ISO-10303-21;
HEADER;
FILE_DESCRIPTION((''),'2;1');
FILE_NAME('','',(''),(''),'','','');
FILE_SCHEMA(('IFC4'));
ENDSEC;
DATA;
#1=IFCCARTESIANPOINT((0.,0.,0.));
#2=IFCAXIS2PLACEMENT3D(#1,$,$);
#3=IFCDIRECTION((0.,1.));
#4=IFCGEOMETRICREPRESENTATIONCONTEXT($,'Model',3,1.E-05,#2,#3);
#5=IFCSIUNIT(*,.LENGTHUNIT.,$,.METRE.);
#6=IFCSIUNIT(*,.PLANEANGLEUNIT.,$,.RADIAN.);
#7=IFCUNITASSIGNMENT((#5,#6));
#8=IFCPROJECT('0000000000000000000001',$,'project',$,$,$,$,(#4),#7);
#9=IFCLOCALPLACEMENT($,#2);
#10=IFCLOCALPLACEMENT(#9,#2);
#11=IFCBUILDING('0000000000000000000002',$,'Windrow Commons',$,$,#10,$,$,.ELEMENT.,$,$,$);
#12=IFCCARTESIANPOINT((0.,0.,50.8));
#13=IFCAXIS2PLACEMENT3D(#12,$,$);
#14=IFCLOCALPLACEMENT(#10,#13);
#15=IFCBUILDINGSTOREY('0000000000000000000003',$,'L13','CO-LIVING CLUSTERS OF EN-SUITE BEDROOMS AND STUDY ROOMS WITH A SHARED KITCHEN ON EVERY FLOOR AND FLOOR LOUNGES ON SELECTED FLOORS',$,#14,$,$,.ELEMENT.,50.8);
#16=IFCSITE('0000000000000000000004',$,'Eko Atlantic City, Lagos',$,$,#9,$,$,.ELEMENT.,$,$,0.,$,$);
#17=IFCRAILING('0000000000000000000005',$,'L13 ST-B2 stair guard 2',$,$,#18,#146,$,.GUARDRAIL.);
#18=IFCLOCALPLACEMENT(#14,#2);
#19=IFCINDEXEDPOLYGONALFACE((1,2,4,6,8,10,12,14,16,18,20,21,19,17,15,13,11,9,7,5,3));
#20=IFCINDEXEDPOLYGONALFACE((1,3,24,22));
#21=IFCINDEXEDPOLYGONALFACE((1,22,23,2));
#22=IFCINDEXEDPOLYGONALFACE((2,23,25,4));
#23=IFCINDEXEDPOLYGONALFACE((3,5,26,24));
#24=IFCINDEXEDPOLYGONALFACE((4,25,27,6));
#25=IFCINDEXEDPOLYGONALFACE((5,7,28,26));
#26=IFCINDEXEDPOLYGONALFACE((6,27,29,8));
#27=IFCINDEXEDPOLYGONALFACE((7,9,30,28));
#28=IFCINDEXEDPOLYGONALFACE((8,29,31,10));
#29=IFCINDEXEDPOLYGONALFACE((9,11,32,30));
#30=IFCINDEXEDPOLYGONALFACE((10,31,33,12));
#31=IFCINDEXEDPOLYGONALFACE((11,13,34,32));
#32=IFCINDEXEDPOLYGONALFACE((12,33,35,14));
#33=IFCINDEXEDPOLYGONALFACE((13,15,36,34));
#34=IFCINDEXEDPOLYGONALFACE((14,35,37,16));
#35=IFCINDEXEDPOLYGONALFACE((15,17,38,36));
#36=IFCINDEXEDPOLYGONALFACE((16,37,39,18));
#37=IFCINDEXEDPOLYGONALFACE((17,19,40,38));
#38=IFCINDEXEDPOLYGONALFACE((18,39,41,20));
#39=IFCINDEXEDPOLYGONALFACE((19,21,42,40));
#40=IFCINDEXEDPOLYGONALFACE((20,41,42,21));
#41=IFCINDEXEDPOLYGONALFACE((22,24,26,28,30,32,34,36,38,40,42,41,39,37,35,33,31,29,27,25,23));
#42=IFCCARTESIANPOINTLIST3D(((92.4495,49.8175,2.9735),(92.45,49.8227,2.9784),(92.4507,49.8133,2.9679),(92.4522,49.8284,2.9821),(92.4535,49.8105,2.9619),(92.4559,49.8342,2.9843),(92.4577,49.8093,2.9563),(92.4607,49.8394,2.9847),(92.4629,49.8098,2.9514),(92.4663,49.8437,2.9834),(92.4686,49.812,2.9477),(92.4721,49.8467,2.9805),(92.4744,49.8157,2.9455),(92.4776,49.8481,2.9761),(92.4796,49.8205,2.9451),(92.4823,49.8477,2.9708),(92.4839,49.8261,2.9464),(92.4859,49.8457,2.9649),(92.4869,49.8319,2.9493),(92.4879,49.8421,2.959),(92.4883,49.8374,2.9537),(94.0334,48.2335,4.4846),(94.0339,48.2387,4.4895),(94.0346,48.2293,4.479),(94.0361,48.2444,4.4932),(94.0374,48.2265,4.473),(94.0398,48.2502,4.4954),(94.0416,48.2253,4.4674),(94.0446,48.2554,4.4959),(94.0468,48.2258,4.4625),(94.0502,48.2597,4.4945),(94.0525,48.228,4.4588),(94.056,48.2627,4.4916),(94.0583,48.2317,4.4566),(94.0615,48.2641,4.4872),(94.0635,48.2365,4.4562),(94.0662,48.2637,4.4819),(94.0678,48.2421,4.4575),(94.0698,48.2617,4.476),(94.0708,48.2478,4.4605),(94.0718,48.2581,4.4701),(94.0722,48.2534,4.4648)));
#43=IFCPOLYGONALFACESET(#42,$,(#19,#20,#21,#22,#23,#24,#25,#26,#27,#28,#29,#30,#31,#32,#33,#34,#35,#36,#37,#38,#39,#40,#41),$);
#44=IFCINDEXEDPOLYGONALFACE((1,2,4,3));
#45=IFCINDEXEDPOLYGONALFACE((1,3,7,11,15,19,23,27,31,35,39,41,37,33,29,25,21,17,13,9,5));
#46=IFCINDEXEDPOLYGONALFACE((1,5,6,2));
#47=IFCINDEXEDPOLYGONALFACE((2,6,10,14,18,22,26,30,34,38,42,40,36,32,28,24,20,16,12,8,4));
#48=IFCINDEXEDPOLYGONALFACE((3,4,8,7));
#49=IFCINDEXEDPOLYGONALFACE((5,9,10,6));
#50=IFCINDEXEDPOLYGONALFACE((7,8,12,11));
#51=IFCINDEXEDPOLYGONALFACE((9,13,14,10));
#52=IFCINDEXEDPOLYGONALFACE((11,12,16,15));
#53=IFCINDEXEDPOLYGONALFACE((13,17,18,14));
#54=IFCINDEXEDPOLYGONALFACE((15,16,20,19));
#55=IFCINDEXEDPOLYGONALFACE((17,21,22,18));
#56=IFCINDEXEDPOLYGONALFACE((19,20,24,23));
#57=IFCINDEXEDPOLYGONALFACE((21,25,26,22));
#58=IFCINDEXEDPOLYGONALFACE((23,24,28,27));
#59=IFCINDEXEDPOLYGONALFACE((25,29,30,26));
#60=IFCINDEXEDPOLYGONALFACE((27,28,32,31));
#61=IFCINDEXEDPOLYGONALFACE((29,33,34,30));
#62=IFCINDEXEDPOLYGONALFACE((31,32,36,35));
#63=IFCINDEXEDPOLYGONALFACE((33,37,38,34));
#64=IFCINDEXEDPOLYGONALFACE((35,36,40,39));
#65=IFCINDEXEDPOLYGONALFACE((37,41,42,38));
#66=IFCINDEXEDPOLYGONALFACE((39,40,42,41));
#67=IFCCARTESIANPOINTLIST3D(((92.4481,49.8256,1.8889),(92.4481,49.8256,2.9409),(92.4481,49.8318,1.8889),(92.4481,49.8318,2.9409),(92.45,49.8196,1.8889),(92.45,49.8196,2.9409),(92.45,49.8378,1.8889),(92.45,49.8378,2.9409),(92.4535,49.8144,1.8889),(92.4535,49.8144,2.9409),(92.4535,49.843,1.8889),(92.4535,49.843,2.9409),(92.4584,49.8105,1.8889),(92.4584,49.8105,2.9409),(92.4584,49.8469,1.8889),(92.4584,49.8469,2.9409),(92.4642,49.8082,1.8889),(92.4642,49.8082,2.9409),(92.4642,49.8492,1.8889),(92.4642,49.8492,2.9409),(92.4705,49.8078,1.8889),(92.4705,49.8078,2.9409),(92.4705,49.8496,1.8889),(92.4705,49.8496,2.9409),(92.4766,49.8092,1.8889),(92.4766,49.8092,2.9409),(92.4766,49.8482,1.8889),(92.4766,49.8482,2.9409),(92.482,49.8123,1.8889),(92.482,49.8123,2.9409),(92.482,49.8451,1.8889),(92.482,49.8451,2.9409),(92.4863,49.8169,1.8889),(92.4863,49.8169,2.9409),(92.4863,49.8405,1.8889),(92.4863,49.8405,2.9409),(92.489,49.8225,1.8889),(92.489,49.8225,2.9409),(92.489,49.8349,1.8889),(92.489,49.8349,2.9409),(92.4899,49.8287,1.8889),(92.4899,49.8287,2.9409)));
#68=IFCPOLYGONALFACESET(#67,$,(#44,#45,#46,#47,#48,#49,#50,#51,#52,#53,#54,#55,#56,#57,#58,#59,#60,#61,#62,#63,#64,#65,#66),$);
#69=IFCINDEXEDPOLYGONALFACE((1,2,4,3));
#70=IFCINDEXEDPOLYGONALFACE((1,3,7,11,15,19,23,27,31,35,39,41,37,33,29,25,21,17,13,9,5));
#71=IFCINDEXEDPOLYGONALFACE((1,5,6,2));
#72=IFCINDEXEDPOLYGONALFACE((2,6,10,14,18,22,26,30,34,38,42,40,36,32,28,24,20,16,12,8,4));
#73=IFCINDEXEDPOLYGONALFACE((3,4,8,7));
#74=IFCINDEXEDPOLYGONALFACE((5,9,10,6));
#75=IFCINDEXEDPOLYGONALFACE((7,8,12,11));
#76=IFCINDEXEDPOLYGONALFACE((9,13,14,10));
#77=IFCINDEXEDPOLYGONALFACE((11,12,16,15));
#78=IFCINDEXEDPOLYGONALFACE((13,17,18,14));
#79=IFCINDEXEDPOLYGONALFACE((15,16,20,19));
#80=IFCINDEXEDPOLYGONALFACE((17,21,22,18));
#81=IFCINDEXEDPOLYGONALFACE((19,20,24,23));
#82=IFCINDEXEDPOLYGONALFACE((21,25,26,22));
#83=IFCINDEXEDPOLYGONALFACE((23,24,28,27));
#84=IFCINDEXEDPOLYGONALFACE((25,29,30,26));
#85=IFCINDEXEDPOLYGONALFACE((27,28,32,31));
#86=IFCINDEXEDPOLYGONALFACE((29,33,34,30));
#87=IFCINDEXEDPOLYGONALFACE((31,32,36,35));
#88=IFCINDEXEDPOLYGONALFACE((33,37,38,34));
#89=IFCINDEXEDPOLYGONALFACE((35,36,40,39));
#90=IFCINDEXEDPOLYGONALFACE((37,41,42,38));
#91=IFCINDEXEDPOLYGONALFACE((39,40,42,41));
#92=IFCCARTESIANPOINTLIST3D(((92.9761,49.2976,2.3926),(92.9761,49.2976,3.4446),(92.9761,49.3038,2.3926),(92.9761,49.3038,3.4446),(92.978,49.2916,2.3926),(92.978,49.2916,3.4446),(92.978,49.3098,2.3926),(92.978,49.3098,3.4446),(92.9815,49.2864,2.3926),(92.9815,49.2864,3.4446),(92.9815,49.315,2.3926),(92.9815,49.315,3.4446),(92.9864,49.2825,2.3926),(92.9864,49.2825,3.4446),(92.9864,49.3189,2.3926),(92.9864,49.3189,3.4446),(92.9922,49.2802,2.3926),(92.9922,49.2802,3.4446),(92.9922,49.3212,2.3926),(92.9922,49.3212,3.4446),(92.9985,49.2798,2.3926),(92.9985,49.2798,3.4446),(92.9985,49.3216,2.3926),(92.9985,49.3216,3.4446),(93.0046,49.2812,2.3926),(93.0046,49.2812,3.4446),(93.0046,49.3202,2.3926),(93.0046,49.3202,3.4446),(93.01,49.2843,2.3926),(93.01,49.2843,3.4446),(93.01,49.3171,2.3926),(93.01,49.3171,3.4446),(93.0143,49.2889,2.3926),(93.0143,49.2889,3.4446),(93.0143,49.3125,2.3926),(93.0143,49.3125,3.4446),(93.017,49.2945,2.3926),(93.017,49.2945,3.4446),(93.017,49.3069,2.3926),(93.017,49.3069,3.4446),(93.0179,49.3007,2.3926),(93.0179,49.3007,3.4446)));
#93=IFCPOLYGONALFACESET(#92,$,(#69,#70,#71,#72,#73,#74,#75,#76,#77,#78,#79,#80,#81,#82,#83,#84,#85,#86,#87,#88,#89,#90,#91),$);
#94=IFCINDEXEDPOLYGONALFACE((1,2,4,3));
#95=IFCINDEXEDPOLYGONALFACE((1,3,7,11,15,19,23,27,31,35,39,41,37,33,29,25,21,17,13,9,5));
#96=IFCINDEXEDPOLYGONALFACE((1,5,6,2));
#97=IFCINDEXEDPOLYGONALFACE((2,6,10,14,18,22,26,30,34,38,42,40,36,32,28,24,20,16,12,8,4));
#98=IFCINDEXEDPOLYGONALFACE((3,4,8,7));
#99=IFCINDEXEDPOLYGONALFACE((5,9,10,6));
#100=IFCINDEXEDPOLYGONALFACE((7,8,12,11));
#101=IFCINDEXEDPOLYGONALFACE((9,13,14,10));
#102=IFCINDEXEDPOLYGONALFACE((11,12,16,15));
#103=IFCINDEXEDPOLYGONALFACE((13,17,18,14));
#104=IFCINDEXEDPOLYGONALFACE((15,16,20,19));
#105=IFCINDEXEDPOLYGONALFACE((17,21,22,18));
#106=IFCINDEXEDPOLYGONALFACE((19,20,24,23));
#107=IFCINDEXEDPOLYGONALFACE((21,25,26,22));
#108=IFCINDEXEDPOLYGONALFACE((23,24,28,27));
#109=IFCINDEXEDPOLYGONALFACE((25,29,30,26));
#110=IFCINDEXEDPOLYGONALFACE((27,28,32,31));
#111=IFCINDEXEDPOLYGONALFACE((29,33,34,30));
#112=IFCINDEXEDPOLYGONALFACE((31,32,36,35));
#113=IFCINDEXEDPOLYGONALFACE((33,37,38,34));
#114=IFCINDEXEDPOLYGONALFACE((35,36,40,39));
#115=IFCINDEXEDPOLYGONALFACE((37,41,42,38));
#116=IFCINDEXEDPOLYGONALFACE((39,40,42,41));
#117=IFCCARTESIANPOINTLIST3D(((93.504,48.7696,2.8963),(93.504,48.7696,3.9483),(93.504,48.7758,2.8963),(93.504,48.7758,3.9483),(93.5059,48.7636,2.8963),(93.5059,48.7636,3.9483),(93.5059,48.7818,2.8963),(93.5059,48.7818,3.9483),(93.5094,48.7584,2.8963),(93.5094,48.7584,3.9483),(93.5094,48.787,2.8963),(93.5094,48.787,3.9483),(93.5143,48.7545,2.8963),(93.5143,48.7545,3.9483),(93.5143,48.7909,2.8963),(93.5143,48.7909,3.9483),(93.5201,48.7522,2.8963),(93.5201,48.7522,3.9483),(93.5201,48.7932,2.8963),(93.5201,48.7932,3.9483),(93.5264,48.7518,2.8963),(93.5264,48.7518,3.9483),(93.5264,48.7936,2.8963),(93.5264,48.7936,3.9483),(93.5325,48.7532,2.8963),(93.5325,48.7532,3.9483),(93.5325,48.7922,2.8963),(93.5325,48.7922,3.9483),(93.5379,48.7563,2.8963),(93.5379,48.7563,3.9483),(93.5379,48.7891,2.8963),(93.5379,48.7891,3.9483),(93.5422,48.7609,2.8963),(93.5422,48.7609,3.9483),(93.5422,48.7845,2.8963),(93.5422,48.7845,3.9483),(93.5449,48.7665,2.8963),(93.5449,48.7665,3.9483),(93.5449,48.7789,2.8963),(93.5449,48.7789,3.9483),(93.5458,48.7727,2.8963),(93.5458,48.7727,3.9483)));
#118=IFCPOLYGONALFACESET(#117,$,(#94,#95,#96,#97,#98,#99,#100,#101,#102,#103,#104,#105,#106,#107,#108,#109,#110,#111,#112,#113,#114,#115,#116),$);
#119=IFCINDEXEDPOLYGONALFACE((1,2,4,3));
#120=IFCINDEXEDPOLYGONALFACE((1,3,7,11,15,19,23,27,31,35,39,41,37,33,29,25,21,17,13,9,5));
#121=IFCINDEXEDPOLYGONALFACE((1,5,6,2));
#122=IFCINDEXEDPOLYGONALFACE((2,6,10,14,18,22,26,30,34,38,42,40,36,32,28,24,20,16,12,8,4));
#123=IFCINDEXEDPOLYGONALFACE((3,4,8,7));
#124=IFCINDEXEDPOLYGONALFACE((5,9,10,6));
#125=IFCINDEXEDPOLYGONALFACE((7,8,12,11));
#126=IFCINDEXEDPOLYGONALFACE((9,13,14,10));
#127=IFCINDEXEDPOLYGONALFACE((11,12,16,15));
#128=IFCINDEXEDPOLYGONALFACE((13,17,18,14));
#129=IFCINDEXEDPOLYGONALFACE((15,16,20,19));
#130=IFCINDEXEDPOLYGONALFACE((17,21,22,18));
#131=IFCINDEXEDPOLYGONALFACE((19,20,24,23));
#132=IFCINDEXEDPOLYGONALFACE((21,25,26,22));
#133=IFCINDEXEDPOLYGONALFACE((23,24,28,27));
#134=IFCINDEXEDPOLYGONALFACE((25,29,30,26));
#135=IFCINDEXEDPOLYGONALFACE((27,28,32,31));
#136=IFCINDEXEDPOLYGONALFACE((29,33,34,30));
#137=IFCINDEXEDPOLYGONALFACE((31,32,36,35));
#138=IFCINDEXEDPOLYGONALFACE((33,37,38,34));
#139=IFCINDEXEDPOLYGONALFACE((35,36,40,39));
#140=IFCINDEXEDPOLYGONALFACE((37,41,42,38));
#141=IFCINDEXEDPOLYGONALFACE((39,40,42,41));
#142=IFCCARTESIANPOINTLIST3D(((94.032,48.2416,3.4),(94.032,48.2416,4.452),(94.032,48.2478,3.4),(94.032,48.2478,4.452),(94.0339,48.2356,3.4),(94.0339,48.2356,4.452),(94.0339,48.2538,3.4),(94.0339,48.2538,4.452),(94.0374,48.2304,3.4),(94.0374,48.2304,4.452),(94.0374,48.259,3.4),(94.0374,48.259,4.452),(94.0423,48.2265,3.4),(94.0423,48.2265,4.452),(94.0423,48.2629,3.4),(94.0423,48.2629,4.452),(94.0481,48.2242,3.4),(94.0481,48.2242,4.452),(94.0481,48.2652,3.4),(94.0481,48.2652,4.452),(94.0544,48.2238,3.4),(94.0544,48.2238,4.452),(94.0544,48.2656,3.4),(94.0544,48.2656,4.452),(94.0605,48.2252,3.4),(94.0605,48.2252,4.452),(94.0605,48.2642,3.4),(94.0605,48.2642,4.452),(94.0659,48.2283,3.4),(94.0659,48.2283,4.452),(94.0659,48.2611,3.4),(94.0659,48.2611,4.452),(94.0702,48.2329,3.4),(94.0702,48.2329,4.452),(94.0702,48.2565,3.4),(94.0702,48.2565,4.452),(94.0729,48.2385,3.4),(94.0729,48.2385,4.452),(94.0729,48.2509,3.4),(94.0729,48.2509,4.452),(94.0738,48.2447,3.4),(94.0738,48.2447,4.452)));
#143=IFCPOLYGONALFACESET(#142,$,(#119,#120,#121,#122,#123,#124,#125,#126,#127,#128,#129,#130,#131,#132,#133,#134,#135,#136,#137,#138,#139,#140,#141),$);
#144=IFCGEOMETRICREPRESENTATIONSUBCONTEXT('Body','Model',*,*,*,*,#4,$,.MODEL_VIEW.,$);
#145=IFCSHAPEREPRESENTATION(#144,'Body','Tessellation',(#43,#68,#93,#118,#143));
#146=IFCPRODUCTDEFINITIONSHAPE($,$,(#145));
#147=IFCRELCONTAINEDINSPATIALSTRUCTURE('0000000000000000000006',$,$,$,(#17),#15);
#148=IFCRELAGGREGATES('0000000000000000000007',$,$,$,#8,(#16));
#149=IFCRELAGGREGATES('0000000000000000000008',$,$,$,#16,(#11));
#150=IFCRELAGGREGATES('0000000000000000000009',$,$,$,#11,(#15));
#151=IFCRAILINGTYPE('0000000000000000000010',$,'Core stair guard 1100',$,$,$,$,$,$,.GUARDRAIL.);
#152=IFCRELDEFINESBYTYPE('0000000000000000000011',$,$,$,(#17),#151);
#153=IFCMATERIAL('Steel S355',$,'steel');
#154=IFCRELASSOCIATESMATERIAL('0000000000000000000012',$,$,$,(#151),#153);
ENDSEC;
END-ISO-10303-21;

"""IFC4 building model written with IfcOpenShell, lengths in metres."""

from ifc_helpers import new_model, si_unit, direction, frame, origin, origin_2d, place, context, subcontext, project, spatial, circle, extrude, material, type_object, element, save


model = new_model("IFC4")

# Units and contexts
model_context = context("Model", 3, precision=1e-05, world=origin(), true_north=direction((0.0, 1.0)))
body_context = subcontext(model_context, "Body", "Model", "MODEL_VIEW")
ifc_project = project(units=[si_unit("LENGTHUNIT", "METRE"), si_unit("PLANEANGLEUNIT", "RADIAN")], contexts=[model_context])

# Site, building, storey
site_placement = place(None, origin())
site = spatial("IfcSite", under=ifc_project, at=site_placement, Name="Eko Atlantic City, Lagos", CompositionType="ELEMENT", RefElevation=0.0)
building_placement = place(site_placement, origin())
building = spatial("IfcBuilding", under=site, at=building_placement, Name="Windrow Commons", CompositionType="ELEMENT")
storey_placement = place(building_placement, frame((0.0, 0.0, 50.8)))
storey = spatial("IfcBuildingStorey", under=building, at=storey_placement, Name="L13", Description="CO-LIVING CLUSTERS OF EN-SUITE BEDROOMS AND STUDY ROOMS WITH A SHARED KITCHEN ON EVERY FLOOR AND FLOOR LOUNGES ON SELECTED FLOORS", CompositionType="ELEMENT", Elevation=50.8)

# Railing
ifc_material_1 = material(Name="Steel S355", Category="steel")
railing_type_1 = type_object("IfcRailingType", Name="Core stair guard 1100", PredefinedType="GUARDRAIL", material=ifc_material_1)
railing_1_placement = place(storey_placement, frame((92.4689, 49.8287, 1.8889)))
element("IfcRailing", 1, at=railing_1_placement, inside=storey, type_object=railing_type_1, Name="L13 ST-B2 stair guard 2", PredefinedType="GUARDRAIL", context=body_context, shape_type="SweptSolid", body=[
    extrude(circle(Radius=0.024, at=origin_2d()), frame((0.0, 0.0, 1.076), z_axis=(0.586179, -0.586216, 0.559237), x_axis=(0.707129, 0.707084, 0.0)), (0.0, 0.0, 1.0), 2.7021),
    extrude(circle(Radius=0.021, at=origin_2d()), origin(), (0.0, 0.0, 1.0), 1.052),
    extrude(circle(Radius=0.021, at=origin_2d()), frame((0.528, -0.528, 0.5037)), (0.0, 0.0, 1.0), 1.052),
    extrude(circle(Radius=0.021, at=origin_2d()), frame((1.0559, -1.056, 1.0074)), (0.0, 0.0, 1.0), 1.052),
    extrude(circle(Radius=0.021, at=origin_2d()), frame((1.5839, -1.584, 1.5111)), (0.0, 0.0, 1.0), 1.052),
])

save(model, "model.ifc")
